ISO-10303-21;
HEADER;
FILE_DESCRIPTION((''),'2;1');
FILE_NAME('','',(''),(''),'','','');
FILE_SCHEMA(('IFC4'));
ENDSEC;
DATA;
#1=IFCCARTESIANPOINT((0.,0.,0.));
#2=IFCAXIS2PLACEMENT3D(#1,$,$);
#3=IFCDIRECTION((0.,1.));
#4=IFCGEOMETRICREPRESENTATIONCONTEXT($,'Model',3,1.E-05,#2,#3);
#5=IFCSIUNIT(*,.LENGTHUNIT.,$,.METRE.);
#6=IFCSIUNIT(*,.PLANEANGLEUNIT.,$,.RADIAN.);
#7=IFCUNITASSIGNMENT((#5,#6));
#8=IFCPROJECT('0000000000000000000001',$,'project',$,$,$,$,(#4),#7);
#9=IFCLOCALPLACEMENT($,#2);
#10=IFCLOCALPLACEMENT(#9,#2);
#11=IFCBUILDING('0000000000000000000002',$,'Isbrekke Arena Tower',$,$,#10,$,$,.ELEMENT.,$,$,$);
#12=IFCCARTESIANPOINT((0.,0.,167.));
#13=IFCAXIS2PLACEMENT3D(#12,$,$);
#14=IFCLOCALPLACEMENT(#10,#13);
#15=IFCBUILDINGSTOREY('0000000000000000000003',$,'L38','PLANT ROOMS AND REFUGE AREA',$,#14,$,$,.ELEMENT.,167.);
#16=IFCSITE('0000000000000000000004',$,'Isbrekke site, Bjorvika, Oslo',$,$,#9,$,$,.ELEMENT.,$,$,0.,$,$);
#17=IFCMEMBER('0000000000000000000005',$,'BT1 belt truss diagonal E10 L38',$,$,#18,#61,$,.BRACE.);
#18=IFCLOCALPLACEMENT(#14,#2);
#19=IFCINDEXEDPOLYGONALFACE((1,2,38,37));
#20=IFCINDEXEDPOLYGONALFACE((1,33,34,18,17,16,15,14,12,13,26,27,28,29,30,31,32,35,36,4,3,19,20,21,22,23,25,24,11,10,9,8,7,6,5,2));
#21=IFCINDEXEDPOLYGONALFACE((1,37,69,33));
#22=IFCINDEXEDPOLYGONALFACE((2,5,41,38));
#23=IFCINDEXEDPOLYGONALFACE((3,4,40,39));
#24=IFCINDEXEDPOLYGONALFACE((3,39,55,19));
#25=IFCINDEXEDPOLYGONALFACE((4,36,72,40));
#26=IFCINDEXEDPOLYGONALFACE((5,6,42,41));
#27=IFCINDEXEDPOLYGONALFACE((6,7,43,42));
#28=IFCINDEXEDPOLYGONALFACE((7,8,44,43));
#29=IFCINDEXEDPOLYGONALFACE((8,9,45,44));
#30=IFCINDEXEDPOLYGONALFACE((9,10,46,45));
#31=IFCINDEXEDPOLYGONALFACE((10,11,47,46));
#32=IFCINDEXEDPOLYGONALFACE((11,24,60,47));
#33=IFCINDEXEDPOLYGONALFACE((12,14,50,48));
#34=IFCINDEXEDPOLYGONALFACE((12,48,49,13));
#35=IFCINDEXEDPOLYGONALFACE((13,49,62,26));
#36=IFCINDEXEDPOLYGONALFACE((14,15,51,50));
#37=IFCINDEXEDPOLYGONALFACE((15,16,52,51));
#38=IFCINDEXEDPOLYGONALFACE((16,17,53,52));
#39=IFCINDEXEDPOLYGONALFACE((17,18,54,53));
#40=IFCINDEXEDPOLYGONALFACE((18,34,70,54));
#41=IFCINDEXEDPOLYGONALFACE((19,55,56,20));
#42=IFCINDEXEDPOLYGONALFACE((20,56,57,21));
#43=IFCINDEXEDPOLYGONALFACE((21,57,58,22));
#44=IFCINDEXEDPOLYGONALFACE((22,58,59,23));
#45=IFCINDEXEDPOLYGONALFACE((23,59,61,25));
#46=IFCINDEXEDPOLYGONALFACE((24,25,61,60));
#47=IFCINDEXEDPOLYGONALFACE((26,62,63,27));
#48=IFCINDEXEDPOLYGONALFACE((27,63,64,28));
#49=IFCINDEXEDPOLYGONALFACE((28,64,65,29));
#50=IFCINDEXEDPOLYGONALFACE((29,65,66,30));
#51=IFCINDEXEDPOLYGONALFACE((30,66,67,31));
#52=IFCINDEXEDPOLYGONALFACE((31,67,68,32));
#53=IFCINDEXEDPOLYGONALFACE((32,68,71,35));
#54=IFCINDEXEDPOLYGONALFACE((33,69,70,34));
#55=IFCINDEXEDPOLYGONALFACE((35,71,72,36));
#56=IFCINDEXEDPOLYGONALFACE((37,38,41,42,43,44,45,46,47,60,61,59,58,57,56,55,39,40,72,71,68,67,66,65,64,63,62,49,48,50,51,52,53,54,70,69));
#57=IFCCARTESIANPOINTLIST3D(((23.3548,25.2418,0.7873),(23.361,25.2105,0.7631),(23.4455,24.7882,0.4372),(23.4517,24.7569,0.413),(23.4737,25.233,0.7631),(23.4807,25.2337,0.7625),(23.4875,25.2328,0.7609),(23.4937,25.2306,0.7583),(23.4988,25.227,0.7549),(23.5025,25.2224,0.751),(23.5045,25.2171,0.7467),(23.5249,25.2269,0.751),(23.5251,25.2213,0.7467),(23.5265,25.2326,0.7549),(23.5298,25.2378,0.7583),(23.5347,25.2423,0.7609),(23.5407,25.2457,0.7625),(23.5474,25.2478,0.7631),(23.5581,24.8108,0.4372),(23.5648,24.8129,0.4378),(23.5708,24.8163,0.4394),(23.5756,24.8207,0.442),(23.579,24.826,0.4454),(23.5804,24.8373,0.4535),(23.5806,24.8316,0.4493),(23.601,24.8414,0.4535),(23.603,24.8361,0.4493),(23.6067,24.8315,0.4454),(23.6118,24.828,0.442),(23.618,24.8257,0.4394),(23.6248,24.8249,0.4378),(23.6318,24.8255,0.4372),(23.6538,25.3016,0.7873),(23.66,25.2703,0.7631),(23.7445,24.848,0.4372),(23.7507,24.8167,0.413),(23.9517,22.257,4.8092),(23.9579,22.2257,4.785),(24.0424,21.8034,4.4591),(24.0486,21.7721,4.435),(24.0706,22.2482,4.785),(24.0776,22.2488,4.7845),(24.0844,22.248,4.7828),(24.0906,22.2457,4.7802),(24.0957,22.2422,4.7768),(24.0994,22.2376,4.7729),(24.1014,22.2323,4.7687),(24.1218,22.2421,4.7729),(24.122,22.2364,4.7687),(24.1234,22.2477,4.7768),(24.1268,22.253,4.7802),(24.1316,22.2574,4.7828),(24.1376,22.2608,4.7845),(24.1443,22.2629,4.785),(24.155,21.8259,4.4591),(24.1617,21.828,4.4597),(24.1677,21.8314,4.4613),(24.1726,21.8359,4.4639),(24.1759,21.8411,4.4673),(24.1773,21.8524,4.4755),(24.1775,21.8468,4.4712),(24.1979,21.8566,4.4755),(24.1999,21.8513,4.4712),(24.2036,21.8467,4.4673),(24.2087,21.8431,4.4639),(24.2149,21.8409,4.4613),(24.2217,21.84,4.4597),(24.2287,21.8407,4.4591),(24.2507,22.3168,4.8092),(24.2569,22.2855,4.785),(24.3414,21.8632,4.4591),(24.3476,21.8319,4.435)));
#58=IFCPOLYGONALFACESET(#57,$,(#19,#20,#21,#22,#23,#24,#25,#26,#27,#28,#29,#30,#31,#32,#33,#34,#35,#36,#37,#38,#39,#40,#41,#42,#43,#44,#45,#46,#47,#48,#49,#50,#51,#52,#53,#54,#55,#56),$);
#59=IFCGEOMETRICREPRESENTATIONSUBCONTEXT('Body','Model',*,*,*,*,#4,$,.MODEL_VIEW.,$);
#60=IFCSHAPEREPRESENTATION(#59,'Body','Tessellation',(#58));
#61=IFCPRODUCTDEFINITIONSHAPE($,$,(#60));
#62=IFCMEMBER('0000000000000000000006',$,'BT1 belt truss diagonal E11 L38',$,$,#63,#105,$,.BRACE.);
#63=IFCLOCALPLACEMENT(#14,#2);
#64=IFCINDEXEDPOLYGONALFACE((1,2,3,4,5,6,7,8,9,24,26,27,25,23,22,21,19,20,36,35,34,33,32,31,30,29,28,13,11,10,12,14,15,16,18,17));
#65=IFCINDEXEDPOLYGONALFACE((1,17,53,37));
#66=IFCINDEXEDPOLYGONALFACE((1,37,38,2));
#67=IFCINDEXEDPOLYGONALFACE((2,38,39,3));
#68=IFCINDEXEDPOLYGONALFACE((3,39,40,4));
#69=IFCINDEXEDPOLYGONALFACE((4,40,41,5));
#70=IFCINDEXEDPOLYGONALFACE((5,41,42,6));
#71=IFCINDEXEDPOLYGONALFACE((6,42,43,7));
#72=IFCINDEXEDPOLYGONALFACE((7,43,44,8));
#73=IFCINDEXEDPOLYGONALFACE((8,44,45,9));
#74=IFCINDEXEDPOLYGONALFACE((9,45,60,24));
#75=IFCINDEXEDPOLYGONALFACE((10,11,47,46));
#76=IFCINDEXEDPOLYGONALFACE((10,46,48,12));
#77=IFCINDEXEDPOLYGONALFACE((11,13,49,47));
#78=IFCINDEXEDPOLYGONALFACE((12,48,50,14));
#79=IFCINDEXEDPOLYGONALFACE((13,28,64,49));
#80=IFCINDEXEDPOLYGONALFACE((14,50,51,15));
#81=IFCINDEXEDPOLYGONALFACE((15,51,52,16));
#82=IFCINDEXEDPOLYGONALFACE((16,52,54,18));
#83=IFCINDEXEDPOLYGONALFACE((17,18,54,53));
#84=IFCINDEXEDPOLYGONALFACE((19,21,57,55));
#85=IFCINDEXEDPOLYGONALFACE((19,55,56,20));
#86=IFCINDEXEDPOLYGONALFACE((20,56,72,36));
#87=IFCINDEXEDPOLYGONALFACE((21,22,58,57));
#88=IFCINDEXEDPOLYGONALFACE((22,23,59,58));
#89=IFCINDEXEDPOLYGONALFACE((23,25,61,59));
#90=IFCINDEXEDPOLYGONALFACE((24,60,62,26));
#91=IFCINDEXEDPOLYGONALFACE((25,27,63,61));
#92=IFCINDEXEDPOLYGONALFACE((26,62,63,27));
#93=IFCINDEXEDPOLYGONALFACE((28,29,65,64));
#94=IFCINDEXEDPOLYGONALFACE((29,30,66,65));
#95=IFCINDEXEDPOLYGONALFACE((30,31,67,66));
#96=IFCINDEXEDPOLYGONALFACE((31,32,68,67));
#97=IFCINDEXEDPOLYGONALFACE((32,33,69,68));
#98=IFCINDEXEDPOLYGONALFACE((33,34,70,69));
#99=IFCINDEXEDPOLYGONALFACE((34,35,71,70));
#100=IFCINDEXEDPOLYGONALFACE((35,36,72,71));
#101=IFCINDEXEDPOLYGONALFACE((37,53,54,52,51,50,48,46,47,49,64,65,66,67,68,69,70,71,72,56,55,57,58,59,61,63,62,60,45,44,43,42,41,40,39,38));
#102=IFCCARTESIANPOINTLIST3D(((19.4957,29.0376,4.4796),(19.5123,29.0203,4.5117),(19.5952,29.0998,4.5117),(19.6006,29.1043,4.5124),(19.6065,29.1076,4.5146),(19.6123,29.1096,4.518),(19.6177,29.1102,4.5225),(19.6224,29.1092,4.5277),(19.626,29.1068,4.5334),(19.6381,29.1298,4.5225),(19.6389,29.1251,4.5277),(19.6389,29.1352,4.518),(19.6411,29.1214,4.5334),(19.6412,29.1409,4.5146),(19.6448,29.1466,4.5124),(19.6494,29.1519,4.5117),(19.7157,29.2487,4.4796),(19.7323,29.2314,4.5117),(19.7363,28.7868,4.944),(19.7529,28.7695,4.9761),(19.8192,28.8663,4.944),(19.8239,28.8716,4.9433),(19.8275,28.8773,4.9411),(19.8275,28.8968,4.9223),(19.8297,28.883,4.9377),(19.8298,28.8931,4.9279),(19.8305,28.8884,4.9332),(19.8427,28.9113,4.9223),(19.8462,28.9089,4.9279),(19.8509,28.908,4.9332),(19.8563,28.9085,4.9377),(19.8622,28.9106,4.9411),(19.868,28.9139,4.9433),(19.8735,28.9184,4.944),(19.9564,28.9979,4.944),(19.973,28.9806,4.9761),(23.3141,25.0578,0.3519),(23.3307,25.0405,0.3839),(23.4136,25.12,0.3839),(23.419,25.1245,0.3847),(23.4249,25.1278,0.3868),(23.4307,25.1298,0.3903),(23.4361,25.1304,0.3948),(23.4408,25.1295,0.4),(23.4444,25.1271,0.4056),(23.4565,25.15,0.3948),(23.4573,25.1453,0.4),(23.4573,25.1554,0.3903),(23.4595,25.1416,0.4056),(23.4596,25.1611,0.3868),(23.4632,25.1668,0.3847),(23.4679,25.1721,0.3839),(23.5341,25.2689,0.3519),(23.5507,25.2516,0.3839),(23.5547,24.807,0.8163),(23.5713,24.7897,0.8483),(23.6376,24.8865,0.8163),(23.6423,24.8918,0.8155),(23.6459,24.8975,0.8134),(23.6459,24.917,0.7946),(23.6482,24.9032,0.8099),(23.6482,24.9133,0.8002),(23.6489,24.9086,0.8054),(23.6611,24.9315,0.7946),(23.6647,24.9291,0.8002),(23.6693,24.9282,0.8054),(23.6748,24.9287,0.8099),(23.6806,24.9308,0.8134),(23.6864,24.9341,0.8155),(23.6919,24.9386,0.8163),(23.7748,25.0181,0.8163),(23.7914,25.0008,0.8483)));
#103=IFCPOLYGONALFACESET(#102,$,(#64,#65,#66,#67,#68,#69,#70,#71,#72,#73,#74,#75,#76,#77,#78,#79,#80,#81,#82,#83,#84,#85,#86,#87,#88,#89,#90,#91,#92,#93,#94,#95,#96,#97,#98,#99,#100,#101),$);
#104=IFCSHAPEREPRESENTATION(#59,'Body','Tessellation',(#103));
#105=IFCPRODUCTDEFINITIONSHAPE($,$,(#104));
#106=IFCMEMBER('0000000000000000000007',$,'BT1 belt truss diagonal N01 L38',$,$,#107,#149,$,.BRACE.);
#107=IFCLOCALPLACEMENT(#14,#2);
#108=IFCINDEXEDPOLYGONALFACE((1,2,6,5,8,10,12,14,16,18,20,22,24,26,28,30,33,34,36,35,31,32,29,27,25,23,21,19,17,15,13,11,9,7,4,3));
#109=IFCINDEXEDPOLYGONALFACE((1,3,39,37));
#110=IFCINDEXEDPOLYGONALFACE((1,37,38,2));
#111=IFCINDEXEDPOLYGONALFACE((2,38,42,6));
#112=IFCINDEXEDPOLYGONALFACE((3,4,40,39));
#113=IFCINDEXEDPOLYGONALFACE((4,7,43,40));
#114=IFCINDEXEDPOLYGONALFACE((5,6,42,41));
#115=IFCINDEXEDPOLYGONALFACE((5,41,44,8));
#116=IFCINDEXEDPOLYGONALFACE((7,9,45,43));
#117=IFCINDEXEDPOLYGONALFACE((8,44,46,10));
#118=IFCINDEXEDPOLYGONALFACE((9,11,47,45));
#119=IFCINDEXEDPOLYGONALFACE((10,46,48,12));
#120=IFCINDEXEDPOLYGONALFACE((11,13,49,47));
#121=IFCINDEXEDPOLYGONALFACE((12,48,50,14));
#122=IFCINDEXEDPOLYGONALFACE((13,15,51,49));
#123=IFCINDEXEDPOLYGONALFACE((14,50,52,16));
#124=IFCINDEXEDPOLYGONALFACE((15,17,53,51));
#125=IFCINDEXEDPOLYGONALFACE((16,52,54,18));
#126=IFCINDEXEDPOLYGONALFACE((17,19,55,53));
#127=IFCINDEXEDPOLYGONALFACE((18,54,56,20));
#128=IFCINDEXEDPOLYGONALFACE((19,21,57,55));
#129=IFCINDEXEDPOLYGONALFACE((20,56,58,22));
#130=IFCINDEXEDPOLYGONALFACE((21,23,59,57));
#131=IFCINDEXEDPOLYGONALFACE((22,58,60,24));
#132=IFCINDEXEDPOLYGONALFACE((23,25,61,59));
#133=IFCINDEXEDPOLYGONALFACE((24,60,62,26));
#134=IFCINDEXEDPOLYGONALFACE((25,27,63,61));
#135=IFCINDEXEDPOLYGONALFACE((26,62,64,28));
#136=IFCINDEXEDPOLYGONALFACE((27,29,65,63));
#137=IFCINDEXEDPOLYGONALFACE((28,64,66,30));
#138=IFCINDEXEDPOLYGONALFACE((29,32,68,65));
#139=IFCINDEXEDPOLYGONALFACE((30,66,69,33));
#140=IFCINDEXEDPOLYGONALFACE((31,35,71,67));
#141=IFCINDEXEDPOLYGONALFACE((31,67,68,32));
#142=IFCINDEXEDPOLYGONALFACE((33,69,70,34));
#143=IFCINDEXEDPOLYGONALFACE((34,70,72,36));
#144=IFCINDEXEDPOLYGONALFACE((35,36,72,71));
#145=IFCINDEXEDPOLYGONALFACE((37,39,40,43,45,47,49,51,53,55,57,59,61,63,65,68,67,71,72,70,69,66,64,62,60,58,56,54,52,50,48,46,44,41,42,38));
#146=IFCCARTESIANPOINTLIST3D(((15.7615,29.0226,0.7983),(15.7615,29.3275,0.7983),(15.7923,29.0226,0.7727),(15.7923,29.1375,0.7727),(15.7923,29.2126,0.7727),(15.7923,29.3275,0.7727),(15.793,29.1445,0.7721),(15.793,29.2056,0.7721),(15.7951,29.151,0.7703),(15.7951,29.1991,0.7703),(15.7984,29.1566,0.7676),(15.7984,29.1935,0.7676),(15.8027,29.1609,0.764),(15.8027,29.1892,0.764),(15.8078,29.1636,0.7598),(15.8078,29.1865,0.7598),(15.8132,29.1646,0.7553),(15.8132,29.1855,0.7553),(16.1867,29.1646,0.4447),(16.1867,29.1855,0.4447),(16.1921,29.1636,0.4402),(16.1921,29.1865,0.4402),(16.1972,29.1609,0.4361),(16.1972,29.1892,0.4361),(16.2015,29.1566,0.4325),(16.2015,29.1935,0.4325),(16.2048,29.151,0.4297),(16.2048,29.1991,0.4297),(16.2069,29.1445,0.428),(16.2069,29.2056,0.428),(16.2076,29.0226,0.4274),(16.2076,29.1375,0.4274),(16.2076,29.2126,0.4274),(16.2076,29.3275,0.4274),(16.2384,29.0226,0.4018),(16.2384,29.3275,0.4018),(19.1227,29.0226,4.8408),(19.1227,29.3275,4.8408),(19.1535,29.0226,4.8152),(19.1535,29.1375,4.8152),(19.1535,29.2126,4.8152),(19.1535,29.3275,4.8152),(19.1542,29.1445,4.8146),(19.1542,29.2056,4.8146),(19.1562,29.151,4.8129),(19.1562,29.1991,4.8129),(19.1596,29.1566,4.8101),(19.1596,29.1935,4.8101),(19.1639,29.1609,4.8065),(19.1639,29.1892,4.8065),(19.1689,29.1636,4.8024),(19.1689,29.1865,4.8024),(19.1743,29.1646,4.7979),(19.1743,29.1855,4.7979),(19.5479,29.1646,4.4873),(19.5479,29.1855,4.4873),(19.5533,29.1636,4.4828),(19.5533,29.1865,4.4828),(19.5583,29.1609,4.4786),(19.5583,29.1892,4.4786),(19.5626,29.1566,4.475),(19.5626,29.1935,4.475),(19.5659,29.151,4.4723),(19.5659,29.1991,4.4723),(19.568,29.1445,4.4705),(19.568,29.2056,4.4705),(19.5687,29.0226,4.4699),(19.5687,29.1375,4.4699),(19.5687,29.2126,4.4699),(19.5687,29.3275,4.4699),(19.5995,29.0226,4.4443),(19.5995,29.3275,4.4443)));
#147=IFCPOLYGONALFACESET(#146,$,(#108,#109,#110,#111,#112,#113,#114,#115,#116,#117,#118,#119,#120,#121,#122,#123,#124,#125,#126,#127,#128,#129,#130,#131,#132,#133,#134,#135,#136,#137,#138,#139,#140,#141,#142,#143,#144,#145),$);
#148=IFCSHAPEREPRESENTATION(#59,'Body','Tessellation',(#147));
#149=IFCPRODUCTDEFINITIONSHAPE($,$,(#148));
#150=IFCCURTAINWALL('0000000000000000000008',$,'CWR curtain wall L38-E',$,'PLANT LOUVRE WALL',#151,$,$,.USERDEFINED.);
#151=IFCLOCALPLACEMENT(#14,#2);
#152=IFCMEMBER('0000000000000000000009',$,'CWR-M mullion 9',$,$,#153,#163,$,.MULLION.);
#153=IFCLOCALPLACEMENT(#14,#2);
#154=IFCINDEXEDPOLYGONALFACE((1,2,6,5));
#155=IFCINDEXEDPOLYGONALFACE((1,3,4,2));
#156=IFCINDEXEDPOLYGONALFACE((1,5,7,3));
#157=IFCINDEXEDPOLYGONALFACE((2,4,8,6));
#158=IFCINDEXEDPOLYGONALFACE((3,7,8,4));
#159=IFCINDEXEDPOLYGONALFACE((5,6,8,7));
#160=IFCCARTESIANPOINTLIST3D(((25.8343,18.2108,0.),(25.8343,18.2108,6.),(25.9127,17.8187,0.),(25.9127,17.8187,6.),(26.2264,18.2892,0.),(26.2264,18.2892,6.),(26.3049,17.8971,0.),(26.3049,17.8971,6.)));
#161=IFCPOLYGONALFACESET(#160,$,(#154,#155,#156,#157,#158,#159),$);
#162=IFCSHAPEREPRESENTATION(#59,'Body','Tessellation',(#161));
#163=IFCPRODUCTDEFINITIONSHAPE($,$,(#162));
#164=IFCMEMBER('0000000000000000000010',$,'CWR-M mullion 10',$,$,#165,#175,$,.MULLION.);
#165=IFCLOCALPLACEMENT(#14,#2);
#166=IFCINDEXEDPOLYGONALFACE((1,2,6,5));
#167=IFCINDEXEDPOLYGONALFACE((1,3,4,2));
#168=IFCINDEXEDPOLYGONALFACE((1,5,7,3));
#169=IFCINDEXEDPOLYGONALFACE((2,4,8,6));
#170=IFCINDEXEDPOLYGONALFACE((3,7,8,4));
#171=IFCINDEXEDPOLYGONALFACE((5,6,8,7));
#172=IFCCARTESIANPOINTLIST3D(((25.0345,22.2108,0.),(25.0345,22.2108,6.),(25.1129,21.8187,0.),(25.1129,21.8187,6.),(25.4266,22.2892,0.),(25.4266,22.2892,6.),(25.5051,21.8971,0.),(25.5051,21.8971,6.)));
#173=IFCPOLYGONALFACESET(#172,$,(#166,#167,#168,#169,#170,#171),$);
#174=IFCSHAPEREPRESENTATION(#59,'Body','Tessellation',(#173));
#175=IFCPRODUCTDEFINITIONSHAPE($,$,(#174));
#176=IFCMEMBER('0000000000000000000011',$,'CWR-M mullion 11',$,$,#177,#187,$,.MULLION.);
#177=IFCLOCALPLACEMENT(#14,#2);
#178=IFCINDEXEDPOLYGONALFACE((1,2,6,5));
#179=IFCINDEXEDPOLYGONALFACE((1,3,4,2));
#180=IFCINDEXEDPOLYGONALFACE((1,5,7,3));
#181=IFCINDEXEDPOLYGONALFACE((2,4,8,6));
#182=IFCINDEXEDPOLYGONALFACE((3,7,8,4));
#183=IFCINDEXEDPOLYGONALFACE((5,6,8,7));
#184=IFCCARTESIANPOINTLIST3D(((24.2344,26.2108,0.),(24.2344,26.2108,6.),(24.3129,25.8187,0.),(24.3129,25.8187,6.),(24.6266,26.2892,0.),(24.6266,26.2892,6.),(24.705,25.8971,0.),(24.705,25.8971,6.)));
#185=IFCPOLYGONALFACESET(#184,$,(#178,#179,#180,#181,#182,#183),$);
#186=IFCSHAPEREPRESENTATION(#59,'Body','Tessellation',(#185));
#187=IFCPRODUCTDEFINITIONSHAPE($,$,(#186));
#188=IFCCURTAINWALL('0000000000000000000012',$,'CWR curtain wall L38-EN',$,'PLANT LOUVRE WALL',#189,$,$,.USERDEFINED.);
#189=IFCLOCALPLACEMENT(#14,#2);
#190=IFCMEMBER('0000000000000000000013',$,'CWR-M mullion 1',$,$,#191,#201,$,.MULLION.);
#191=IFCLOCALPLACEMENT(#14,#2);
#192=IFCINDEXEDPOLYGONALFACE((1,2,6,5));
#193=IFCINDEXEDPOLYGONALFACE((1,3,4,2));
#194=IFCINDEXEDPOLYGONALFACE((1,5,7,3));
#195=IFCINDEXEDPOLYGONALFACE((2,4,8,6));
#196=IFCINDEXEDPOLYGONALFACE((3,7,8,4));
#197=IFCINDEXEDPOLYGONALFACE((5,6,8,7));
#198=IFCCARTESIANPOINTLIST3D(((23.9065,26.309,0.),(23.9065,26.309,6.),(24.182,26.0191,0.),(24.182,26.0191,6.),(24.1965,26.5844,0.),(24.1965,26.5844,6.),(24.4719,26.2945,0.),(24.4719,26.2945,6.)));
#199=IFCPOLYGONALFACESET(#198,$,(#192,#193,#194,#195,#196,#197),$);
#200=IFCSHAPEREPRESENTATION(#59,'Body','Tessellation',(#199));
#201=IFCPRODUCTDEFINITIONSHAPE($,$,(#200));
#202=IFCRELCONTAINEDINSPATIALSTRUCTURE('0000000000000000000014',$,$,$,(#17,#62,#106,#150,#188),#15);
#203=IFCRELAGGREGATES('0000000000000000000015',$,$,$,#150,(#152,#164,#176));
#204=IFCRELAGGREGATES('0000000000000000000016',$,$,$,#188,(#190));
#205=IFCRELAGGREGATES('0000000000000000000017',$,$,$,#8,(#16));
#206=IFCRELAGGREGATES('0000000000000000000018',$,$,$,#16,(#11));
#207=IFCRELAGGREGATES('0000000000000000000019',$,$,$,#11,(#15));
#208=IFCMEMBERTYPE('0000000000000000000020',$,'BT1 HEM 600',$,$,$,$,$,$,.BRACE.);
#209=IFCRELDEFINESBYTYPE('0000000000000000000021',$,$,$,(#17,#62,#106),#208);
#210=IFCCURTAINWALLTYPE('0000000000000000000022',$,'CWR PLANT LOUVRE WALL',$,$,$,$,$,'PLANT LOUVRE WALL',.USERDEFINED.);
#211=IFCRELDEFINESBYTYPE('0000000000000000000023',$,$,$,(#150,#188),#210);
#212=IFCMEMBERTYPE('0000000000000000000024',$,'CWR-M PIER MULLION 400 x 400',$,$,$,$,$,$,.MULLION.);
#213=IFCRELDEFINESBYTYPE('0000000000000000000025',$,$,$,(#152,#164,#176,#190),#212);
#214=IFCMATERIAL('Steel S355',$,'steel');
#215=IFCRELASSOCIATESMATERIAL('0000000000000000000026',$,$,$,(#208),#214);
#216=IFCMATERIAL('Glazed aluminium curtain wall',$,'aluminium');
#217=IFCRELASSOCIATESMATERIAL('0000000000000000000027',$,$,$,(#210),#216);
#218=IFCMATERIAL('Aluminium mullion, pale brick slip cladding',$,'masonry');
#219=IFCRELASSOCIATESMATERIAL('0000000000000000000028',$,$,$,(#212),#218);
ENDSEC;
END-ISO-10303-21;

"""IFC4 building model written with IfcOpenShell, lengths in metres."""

from ifc_helpers import new_model, si_unit, direction, frame, origin, origin_2d, place, context, subcontext, project, spatial, rectangle, i_section, extrude, material, material_profile, profile_set, type_object, element, aggregate, save


model = new_model("IFC4")

# Units and contexts
model_context = context("Model", 3, precision=1e-05, world=origin(), true_north=direction((0.0, 1.0)))
body_context = subcontext(model_context, "Body", "Model", "MODEL_VIEW")
ifc_project = project(units=[si_unit("LENGTHUNIT", "METRE"), si_unit("PLANEANGLEUNIT", "RADIAN")], contexts=[model_context])

# Site, building, storey
site_placement = place(None, origin())
site = spatial("IfcSite", under=ifc_project, at=site_placement, Name="Isbrekke site, Bjorvika, Oslo", CompositionType="ELEMENT", RefElevation=0.0)
building_placement = place(site_placement, origin())
building = spatial("IfcBuilding", under=site, at=building_placement, Name="Isbrekke Arena Tower", CompositionType="ELEMENT")
storey_placement = place(building_placement, frame((0.0, 0.0, 167.0)))
storey = spatial("IfcBuildingStorey", under=building, at=storey_placement, Name="L38", Description="PLANT ROOMS AND REFUGE AREA", CompositionType="ELEMENT", Elevation=167.0)

# Members
ifc_material_1 = material(Name="Steel S355", Category="steel")
ifc_material_profile_1 = material_profile(ifc_material_1, i_section(OverallWidth=0.3049, OverallDepth=0.6201, WebThickness=0.021, FlangeThickness=0.04, FilletRadius=0.0271, at=origin_2d()), Name="HEM 600")
ifc_profile_set_1 = profile_set([ifc_material_profile_1], Name="Steel S355")
member_type_1 = type_object("IfcMemberType", Name="BT1 HEM 600", PredefinedType="BRACE", material=ifc_profile_set_1)
member_1_placement = place(storey_placement, frame((24.1497, 22.0444, 4.6221), z_axis=(-0.118343, 0.591764, -0.797377), x_axis=(-0.980584, -0.196101, 0.0)))
element("IfcMember", 1, at=member_1_placement, inside=storey, type_object=member_type_1, Name="BT1 belt truss diagonal E10 L38", PredefinedType="BRACE", context=body_context, shape_type="SweptSolid", body=[
    extrude(i_section(OverallWidth=0.3049, OverallDepth=0.6201, WebThickness=0.021, FlangeThickness=0.04, FilletRadius=0.0271, at=origin_2d()), origin(), (0.0, 0.0, 1.0), 5.0439),
])
member_2_placement = place(storey_placement, frame((23.5527, 25.0293, 0.6001), z_axis=(-0.554283, 0.577709, 0.599185), x_axis=(-0.721585, -0.692325, 0.0)))
element("IfcMember", 2, at=member_2_placement, inside=storey, type_object=member_type_1, Name="BT1 belt truss diagonal E11 L38", PredefinedType="BRACE", context=body_context, shape_type="SweptSolid", body=[
    extrude(i_section(OverallWidth=0.3049, OverallDepth=0.6201, WebThickness=0.021, FlangeThickness=0.04, FilletRadius=0.0271, at=origin_2d()), origin(), (0.0, 0.0, 1.0), 6.8889),
])
member_3_placement = place(storey_placement, frame((19.3611, 29.175, 4.6426), z_axis=(-0.639325, 0.0, -0.768936), x_axis=(0.0, -1.0, 0.0)))
element("IfcMember", 3, at=member_3_placement, inside=storey, type_object=member_type_1, Name="BT1 belt truss diagonal N01 L38", PredefinedType="BRACE", context=body_context, shape_type="SweptSolid", body=[
    extrude(i_section(OverallWidth=0.3049, OverallDepth=0.6201, WebThickness=0.021, FlangeThickness=0.04, FilletRadius=0.0271, at=origin_2d()), origin(), (0.0, 0.0, 1.0), 5.2573),
])

# Curtain walls, members
ifc_material_2 = material(Name="Glazed aluminium curtain wall", Category="aluminium")
curtain_wall_type = type_object("IfcCurtainWallType", Name="CWR PLANT LOUVRE WALL", ElementType="PLANT LOUVRE WALL", PredefinedType="USERDEFINED", material=ifc_material_2)
curtain_wall_1_placement = place(storey_placement, origin())
curtain_wall_1 = element("IfcCurtainWall", 4, at=curtain_wall_1_placement, inside=storey, type_object=curtain_wall_type, Name="CWR curtain wall L38-E", ObjectType="PLANT LOUVRE WALL", PredefinedType="USERDEFINED")
ifc_material_3 = material(Name="Aluminium mullion, pale brick slip cladding", Category="masonry")
ifc_material_profile_2 = material_profile(ifc_material_3, rectangle(XDim=0.3999, YDim=0.3999, at=origin_2d()), Name="PIER 400X400")
ifc_profile_set_2 = profile_set([ifc_material_profile_2], Name="Aluminium mullion, pale brick slip cladding")
member_type_2 = type_object("IfcMemberType", Name="CWR-M PIER MULLION 400 x 400", PredefinedType="MULLION", material=ifc_profile_set_2)
member_4_placement = place(storey_placement, frame((26.0696, 18.054, 0.0), z_axis=(0.0, 0.0, 1.0), x_axis=(-0.196116, 0.980581, 0.0)))
member_4 = element("IfcMember", 5, at=member_4_placement, type_object=member_type_2, Name="CWR-M mullion 9", PredefinedType="MULLION", context=body_context, shape_type="SweptSolid", body=[
    extrude(rectangle(XDim=0.3999, YDim=0.3999, at=origin_2d()), origin(), (0.0, 0.0, 1.0), 6.0),
])
member_5_placement = place(storey_placement, frame((25.2698, 22.054, 0.0), z_axis=(0.0, 0.0, 1.0), x_axis=(-0.196116, 0.980581, 0.0)))
member_5 = element("IfcMember", 6, at=member_5_placement, type_object=member_type_2, Name="CWR-M mullion 10", PredefinedType="MULLION", context=body_context, shape_type="SweptSolid", body=[
    extrude(rectangle(XDim=0.3999, YDim=0.3999, at=origin_2d()), origin(), (0.0, 0.0, 1.0), 6.0),
])
member_6_placement = place(storey_placement, frame((24.4697, 26.054, 0.0), z_axis=(0.0, 0.0, 1.0), x_axis=(-0.196116, 0.980581, 0.0)))
member_6 = element("IfcMember", 7, at=member_6_placement, type_object=member_type_2, Name="CWR-M mullion 11", PredefinedType="MULLION", context=body_context, shape_type="SweptSolid", body=[
    extrude(rectangle(XDim=0.3999, YDim=0.3999, at=origin_2d()), origin(), (0.0, 0.0, 1.0), 6.0),
])
curtain_wall_2_placement = place(storey_placement, origin())
curtain_wall_2 = element("IfcCurtainWall", 8, at=curtain_wall_2_placement, inside=storey, type_object=curtain_wall_type, Name="CWR curtain wall L38-EN", ObjectType="PLANT LOUVRE WALL", PredefinedType="USERDEFINED")
member_7_placement = place(storey_placement, frame((24.1892, 26.3018, 0.0), z_axis=(0.0, 0.0, 1.0), x_axis=(-0.688749, 0.724999, 0.0)))
member_7 = element("IfcMember", 9, at=member_7_placement, type_object=member_type_2, Name="CWR-M mullion 1", PredefinedType="MULLION", context=body_context, shape_type="SweptSolid", body=[
    extrude(rectangle(XDim=0.3999, YDim=0.3999, at=origin_2d()), origin(), (0.0, 0.0, 1.0), 6.0),
])

aggregate(curtain_wall_1, [member_4, member_5, member_6])
aggregate(curtain_wall_2, [member_7])

save(model, "model.ifc")
